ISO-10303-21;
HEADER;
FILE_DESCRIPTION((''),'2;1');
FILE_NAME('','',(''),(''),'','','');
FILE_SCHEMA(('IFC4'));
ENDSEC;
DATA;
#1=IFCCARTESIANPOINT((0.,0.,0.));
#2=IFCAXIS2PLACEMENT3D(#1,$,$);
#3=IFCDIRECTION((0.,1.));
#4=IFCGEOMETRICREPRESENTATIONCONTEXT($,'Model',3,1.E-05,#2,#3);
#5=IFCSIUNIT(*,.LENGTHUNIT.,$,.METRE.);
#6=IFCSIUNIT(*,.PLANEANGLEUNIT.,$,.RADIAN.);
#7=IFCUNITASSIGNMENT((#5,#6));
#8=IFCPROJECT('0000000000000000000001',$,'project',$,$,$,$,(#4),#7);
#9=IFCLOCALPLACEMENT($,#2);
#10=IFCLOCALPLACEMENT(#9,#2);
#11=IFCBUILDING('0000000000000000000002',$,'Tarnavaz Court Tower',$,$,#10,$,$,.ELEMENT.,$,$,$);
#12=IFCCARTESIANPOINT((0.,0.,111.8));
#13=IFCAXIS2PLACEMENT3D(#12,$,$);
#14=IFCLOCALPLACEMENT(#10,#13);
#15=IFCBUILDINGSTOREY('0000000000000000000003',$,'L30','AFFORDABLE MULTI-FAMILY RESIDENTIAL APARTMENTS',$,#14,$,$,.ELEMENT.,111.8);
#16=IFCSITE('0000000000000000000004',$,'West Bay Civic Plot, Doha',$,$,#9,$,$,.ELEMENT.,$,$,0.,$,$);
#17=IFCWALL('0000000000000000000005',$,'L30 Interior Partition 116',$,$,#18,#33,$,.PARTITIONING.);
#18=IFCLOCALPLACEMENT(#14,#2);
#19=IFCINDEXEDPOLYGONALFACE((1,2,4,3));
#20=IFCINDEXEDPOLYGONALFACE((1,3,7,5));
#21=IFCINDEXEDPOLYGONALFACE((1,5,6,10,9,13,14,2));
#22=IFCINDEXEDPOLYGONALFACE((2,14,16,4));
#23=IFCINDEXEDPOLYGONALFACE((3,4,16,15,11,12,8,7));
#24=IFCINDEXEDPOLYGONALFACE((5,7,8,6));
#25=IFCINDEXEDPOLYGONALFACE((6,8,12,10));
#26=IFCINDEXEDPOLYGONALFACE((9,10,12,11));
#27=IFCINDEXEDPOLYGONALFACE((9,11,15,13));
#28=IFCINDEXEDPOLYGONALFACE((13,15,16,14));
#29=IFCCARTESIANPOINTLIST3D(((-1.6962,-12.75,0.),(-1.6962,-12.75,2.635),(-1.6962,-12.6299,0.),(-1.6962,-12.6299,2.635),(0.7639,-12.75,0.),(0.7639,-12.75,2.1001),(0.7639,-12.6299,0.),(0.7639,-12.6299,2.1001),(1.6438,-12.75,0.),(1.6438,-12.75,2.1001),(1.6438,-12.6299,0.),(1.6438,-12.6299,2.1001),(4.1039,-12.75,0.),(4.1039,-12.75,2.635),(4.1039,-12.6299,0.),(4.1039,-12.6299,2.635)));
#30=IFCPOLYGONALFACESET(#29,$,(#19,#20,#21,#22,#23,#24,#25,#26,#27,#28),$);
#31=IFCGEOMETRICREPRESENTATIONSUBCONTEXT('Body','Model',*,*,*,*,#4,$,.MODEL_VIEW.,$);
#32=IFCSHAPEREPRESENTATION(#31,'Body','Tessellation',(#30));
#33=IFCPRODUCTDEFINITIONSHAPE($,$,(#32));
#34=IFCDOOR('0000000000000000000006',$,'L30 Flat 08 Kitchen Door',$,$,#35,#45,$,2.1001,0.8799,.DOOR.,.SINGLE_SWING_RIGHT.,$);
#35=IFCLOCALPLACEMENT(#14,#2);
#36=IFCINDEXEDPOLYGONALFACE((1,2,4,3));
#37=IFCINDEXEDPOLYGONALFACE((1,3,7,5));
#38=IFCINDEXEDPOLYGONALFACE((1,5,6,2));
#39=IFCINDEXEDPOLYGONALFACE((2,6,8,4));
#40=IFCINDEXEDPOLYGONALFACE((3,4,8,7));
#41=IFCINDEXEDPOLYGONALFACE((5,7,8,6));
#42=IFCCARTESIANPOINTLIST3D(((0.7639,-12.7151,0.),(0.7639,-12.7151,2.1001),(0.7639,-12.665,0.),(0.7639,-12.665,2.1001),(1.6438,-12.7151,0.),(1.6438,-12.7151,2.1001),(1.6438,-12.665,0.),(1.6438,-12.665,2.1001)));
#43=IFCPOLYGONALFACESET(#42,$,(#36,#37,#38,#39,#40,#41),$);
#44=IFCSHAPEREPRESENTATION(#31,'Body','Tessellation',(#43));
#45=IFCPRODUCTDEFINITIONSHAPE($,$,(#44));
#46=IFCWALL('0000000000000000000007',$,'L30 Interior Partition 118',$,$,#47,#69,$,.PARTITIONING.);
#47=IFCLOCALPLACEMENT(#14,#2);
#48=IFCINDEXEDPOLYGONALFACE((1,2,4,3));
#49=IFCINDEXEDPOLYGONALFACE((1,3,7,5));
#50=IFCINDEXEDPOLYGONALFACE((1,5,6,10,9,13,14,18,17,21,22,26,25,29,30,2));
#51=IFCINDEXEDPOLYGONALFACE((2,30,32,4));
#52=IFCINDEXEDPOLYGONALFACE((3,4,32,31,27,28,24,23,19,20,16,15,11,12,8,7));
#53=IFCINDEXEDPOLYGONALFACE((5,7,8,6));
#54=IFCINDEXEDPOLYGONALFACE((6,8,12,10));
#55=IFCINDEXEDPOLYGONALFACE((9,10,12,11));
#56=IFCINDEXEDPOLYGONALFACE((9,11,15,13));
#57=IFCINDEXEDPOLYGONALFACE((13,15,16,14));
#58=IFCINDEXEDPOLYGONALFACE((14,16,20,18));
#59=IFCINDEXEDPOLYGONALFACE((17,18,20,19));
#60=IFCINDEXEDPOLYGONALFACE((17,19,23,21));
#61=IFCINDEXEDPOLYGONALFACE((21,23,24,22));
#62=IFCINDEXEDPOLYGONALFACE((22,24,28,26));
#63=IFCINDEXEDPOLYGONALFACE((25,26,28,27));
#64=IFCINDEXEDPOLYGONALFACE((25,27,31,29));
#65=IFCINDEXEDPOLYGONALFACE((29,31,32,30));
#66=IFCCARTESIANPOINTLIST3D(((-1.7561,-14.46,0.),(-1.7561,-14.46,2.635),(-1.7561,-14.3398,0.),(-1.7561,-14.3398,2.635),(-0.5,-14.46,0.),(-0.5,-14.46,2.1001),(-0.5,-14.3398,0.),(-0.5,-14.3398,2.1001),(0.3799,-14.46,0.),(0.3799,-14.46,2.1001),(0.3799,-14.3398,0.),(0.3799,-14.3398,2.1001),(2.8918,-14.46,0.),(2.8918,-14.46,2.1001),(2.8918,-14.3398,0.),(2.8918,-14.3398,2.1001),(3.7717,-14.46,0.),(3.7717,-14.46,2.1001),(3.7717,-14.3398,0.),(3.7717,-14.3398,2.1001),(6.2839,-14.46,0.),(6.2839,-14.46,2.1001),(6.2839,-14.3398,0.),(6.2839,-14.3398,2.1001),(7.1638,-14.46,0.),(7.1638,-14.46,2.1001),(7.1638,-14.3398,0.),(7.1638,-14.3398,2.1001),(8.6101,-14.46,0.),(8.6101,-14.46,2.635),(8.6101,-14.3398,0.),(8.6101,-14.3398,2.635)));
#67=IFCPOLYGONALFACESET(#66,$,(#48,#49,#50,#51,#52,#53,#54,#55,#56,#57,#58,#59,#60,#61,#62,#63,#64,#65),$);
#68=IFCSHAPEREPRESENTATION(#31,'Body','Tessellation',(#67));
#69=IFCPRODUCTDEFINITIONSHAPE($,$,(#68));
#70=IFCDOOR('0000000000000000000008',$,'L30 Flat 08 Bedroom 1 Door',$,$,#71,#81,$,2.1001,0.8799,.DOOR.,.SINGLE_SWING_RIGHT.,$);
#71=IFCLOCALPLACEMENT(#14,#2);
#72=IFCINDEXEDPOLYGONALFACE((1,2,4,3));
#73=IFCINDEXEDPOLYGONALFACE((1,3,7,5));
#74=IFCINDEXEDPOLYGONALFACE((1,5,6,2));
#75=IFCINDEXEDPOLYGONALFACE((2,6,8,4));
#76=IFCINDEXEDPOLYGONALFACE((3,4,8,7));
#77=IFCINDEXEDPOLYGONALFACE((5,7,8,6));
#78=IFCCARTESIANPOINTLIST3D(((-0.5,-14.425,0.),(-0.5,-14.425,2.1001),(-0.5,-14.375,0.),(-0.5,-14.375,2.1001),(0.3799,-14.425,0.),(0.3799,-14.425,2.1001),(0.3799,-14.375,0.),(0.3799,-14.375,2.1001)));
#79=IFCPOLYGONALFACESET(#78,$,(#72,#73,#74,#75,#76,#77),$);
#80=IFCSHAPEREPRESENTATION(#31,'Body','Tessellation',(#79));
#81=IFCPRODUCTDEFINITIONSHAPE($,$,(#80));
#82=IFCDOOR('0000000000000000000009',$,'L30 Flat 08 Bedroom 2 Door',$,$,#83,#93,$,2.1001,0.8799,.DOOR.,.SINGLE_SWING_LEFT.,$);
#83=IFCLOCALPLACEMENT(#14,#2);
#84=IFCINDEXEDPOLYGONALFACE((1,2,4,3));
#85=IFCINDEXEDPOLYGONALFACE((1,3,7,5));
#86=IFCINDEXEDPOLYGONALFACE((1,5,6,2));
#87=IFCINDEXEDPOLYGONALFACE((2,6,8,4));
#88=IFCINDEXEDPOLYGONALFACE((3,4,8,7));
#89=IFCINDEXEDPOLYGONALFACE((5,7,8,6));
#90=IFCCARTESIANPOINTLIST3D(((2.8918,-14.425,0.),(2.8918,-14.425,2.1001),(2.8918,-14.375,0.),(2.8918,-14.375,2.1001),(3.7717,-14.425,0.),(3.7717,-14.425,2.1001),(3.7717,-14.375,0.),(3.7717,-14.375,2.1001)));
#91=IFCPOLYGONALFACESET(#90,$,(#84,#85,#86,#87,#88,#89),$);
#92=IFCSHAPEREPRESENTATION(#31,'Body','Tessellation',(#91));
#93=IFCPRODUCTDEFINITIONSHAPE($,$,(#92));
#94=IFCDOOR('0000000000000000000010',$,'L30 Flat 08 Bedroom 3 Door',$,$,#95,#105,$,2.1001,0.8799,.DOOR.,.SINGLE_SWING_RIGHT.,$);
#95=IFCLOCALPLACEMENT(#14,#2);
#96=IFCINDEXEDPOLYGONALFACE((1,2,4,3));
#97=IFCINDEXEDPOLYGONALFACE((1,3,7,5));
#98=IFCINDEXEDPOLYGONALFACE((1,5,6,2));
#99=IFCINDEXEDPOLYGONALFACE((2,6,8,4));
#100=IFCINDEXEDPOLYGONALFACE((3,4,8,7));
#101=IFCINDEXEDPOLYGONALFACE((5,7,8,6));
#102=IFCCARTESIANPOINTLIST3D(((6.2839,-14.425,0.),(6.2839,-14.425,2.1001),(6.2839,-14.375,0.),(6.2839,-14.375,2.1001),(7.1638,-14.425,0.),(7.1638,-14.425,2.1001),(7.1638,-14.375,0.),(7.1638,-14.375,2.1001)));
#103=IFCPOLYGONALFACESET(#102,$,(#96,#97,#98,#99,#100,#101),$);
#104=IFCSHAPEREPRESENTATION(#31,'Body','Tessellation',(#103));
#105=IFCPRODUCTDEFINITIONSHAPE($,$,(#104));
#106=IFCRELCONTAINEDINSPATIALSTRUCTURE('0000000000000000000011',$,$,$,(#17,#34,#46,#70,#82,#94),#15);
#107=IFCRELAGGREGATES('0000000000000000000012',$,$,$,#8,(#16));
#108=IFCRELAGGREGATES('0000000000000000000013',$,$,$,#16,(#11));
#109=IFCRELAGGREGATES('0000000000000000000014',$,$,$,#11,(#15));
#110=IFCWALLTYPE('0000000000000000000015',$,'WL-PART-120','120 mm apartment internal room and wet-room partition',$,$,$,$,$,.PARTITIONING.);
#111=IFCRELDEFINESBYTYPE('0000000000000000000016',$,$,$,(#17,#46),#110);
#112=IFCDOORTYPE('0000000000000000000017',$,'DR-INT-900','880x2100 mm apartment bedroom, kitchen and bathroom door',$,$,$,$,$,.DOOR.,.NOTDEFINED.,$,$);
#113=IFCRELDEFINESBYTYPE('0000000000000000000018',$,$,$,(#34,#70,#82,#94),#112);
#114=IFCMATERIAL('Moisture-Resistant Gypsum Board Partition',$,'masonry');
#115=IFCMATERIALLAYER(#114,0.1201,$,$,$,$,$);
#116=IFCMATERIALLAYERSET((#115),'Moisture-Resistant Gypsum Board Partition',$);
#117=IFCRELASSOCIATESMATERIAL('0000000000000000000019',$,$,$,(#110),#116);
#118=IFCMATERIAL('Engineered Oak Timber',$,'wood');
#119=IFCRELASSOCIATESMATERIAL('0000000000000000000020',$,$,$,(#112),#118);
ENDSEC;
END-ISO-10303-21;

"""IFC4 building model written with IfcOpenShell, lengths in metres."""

from ifc_helpers import new_model, si_unit, direction, frame, frame_2d, origin, place, context, subcontext, project, spatial, rectangle, extrude, material, layer, layer_set, type_object, element, fill, save


model = new_model("IFC4")

# Units and contexts
model_context = context("Model", 3, precision=1e-05, world=origin(), true_north=direction((0.0, 1.0)))
body_context = subcontext(model_context, "Body", "Model", "MODEL_VIEW")
ifc_project = project(units=[si_unit("LENGTHUNIT", "METRE"), si_unit("PLANEANGLEUNIT", "RADIAN")], contexts=[model_context])

# Site, building, storey
site_placement = place(None, origin())
site = spatial("IfcSite", under=ifc_project, at=site_placement, Name="West Bay Civic Plot, Doha", CompositionType="ELEMENT", RefElevation=0.0)
building_placement = place(site_placement, origin())
building = spatial("IfcBuilding", under=site, at=building_placement, Name="Tarnavaz Court Tower", CompositionType="ELEMENT")
storey_placement = place(building_placement, frame((0.0, 0.0, 111.8)))
storey = spatial("IfcBuildingStorey", under=building, at=storey_placement, Name="L30", Description="AFFORDABLE MULTI-FAMILY RESIDENTIAL APARTMENTS", CompositionType="ELEMENT", Elevation=111.8)

# Shared definitions
ifc_material_1 = material(Name="Moisture-Resistant Gypsum Board Partition", Category="masonry")
ifc_layer_1 = layer(ifc_material_1, 0.1201)
ifc_layer_set_1 = layer_set([ifc_layer_1], Name="Moisture-Resistant Gypsum Board Partition")
wall_type_1 = type_object("IfcWallType", Name="WL-PART-120", Description="120 mm apartment internal room and wet-room partition", PredefinedType="PARTITIONING", material=ifc_layer_set_1)
ifc_material_2 = material(Name="Engineered Oak Timber", Category="wood")
door_type_1 = type_object("IfcDoorType", Name="DR-INT-900", Description="880x2100 mm apartment bedroom, kitchen and bathroom door", OperationType="NOTDEFINED", PredefinedType="DOOR", material=ifc_material_2)

# Wall, opening, door
wall_1_placement = place(storey_placement, frame((-1.696, -12.6899, 0.0), z_axis=(0.0, 0.0, 1.0), x_axis=(1.0, 0.0, 0.0)))
wall_1 = element("IfcWall", 1, at=wall_1_placement, inside=storey, type_object=wall_type_1, Name="L30 Interior Partition 116", PredefinedType="PARTITIONING", context=body_context, shape_type="SweptSolid", body=[
    extrude(rectangle(XDim=5.8, YDim=0.1201, at=frame_2d((2.8999, 0.0))), origin(), (0.0, 0.0, 1.0), 2.635),
])
opening_1_placement = place(wall_1_placement, frame((2.46, 0.0, 0.0)))
opening_1 = element("IfcOpeningElement", 2, at=opening_1_placement, cuts=wall_1, PredefinedType="OPENING", context=body_context, shape_type="SweptSolid", body=[
    extrude(rectangle(XDim=0.8799, YDim=2.1001, at=frame_2d((0.4399, 1.05))), frame((0.0, 0.0701, 0.0), z_axis=(0.0, -1.0, 0.0), x_axis=(1.0, 0.0, 0.0)), (0.0, 0.0, 1.0), 0.1401),
])
door_1_placement = place(opening_1_placement, origin())
door_1 = element("IfcDoor", 3, at=door_1_placement, inside=storey, type_object=door_type_1, Name="L30 Flat 08 Kitchen Door", OperationType="SINGLE_SWING_RIGHT", OverallHeight=2.1001, OverallWidth=0.8799, PredefinedType="DOOR", context=body_context, shape_type="SweptSolid", body=[
    extrude(rectangle(XDim=0.8799, YDim=2.1001, at=frame_2d((0.4399, 1.05))), frame((0.0, 0.0249, 0.0), z_axis=(0.0, -1.0, 0.0), x_axis=(1.0, 0.0, 0.0)), (0.0, 0.0, 1.0), 0.05),
])
fill(opening_1, door_1)

# Wall, openings, doors
wall_2_placement = place(storey_placement, frame((-1.7561, -14.3999, 0.0), z_axis=(0.0, 0.0, 1.0), x_axis=(1.0, 0.0, 0.0)))
wall_2 = element("IfcWall", 4, at=wall_2_placement, inside=storey, type_object=wall_type_1, Name="L30 Interior Partition 118", PredefinedType="PARTITIONING", context=body_context, shape_type="SweptSolid", body=[
    extrude(rectangle(XDim=10.3662, YDim=0.1201, at=frame_2d((5.1831, 0.0))), origin(), (0.0, 0.0, 1.0), 2.635),
])
opening_2_placement = place(wall_2_placement, frame((1.2561, 0.0, 0.0)))
opening_2 = element("IfcOpeningElement", 5, at=opening_2_placement, cuts=wall_2, PredefinedType="OPENING", context=body_context, shape_type="SweptSolid", body=[
    extrude(rectangle(XDim=0.8799, YDim=2.1001, at=frame_2d((0.4399, 1.05))), frame((0.0, 0.0701, 0.0), z_axis=(0.0, -1.0, 0.0), x_axis=(1.0, 0.0, 0.0)), (0.0, 0.0, 1.0), 0.1401),
])
opening_3_placement = place(wall_2_placement, frame((4.6479, 0.0, 0.0)))
opening_3 = element("IfcOpeningElement", 6, at=opening_3_placement, cuts=wall_2, PredefinedType="OPENING", context=body_context, shape_type="SweptSolid", body=[
    extrude(rectangle(XDim=0.8799, YDim=2.1001, at=frame_2d((0.4399, 1.05))), frame((0.0, 0.0701, 0.0), z_axis=(0.0, -1.0, 0.0), x_axis=(1.0, 0.0, 0.0)), (0.0, 0.0, 1.0), 0.1401),
])
opening_4_placement = place(wall_2_placement, frame((8.04, 0.0, 0.0)))
opening_4 = element("IfcOpeningElement", 7, at=opening_4_placement, cuts=wall_2, PredefinedType="OPENING", context=body_context, shape_type="SweptSolid", body=[
    extrude(rectangle(XDim=0.8799, YDim=2.1001, at=frame_2d((0.4399, 1.05))), frame((0.0, 0.0701, 0.0), z_axis=(0.0, -1.0, 0.0), x_axis=(1.0, 0.0, 0.0)), (0.0, 0.0, 1.0), 0.1401),
])
door_2_placement = place(opening_2_placement, origin())
door_2 = element("IfcDoor", 8, at=door_2_placement, inside=storey, type_object=door_type_1, Name="L30 Flat 08 Bedroom 1 Door", OperationType="SINGLE_SWING_RIGHT", OverallHeight=2.1001, OverallWidth=0.8799, PredefinedType="DOOR", context=body_context, shape_type="SweptSolid", body=[
    extrude(rectangle(XDim=0.8799, YDim=2.1001, at=frame_2d((0.4399, 1.05))), frame((0.0, 0.0249, 0.0), z_axis=(0.0, -1.0, 0.0), x_axis=(1.0, 0.0, 0.0)), (0.0, 0.0, 1.0), 0.05),
])
fill(opening_2, door_2)
door_3_placement = place(opening_3_placement, origin())
door_3 = element("IfcDoor", 9, at=door_3_placement, inside=storey, type_object=door_type_1, Name="L30 Flat 08 Bedroom 2 Door", OperationType="SINGLE_SWING_LEFT", OverallHeight=2.1001, OverallWidth=0.8799, PredefinedType="DOOR", context=body_context, shape_type="SweptSolid", body=[
    extrude(rectangle(XDim=0.8799, YDim=2.1001, at=frame_2d((0.4399, 1.05))), frame((0.0, 0.0249, 0.0), z_axis=(0.0, -1.0, 0.0), x_axis=(1.0, 0.0, 0.0)), (0.0, 0.0, 1.0), 0.05),
])
fill(opening_3, door_3)
door_4_placement = place(opening_4_placement, origin())
door_4 = element("IfcDoor", 10, at=door_4_placement, inside=storey, type_object=door_type_1, Name="L30 Flat 08 Bedroom 3 Door", OperationType="SINGLE_SWING_RIGHT", OverallHeight=2.1001, OverallWidth=0.8799, PredefinedType="DOOR", context=body_context, shape_type="SweptSolid", body=[
    extrude(rectangle(XDim=0.8799, YDim=2.1001, at=frame_2d((0.4399, 1.05))), frame((0.0, 0.0249, 0.0), z_axis=(0.0, -1.0, 0.0), x_axis=(1.0, 0.0, 0.0)), (0.0, 0.0, 1.0), 0.05),
])
fill(opening_4, door_4)

save(model, "model.ifc")
